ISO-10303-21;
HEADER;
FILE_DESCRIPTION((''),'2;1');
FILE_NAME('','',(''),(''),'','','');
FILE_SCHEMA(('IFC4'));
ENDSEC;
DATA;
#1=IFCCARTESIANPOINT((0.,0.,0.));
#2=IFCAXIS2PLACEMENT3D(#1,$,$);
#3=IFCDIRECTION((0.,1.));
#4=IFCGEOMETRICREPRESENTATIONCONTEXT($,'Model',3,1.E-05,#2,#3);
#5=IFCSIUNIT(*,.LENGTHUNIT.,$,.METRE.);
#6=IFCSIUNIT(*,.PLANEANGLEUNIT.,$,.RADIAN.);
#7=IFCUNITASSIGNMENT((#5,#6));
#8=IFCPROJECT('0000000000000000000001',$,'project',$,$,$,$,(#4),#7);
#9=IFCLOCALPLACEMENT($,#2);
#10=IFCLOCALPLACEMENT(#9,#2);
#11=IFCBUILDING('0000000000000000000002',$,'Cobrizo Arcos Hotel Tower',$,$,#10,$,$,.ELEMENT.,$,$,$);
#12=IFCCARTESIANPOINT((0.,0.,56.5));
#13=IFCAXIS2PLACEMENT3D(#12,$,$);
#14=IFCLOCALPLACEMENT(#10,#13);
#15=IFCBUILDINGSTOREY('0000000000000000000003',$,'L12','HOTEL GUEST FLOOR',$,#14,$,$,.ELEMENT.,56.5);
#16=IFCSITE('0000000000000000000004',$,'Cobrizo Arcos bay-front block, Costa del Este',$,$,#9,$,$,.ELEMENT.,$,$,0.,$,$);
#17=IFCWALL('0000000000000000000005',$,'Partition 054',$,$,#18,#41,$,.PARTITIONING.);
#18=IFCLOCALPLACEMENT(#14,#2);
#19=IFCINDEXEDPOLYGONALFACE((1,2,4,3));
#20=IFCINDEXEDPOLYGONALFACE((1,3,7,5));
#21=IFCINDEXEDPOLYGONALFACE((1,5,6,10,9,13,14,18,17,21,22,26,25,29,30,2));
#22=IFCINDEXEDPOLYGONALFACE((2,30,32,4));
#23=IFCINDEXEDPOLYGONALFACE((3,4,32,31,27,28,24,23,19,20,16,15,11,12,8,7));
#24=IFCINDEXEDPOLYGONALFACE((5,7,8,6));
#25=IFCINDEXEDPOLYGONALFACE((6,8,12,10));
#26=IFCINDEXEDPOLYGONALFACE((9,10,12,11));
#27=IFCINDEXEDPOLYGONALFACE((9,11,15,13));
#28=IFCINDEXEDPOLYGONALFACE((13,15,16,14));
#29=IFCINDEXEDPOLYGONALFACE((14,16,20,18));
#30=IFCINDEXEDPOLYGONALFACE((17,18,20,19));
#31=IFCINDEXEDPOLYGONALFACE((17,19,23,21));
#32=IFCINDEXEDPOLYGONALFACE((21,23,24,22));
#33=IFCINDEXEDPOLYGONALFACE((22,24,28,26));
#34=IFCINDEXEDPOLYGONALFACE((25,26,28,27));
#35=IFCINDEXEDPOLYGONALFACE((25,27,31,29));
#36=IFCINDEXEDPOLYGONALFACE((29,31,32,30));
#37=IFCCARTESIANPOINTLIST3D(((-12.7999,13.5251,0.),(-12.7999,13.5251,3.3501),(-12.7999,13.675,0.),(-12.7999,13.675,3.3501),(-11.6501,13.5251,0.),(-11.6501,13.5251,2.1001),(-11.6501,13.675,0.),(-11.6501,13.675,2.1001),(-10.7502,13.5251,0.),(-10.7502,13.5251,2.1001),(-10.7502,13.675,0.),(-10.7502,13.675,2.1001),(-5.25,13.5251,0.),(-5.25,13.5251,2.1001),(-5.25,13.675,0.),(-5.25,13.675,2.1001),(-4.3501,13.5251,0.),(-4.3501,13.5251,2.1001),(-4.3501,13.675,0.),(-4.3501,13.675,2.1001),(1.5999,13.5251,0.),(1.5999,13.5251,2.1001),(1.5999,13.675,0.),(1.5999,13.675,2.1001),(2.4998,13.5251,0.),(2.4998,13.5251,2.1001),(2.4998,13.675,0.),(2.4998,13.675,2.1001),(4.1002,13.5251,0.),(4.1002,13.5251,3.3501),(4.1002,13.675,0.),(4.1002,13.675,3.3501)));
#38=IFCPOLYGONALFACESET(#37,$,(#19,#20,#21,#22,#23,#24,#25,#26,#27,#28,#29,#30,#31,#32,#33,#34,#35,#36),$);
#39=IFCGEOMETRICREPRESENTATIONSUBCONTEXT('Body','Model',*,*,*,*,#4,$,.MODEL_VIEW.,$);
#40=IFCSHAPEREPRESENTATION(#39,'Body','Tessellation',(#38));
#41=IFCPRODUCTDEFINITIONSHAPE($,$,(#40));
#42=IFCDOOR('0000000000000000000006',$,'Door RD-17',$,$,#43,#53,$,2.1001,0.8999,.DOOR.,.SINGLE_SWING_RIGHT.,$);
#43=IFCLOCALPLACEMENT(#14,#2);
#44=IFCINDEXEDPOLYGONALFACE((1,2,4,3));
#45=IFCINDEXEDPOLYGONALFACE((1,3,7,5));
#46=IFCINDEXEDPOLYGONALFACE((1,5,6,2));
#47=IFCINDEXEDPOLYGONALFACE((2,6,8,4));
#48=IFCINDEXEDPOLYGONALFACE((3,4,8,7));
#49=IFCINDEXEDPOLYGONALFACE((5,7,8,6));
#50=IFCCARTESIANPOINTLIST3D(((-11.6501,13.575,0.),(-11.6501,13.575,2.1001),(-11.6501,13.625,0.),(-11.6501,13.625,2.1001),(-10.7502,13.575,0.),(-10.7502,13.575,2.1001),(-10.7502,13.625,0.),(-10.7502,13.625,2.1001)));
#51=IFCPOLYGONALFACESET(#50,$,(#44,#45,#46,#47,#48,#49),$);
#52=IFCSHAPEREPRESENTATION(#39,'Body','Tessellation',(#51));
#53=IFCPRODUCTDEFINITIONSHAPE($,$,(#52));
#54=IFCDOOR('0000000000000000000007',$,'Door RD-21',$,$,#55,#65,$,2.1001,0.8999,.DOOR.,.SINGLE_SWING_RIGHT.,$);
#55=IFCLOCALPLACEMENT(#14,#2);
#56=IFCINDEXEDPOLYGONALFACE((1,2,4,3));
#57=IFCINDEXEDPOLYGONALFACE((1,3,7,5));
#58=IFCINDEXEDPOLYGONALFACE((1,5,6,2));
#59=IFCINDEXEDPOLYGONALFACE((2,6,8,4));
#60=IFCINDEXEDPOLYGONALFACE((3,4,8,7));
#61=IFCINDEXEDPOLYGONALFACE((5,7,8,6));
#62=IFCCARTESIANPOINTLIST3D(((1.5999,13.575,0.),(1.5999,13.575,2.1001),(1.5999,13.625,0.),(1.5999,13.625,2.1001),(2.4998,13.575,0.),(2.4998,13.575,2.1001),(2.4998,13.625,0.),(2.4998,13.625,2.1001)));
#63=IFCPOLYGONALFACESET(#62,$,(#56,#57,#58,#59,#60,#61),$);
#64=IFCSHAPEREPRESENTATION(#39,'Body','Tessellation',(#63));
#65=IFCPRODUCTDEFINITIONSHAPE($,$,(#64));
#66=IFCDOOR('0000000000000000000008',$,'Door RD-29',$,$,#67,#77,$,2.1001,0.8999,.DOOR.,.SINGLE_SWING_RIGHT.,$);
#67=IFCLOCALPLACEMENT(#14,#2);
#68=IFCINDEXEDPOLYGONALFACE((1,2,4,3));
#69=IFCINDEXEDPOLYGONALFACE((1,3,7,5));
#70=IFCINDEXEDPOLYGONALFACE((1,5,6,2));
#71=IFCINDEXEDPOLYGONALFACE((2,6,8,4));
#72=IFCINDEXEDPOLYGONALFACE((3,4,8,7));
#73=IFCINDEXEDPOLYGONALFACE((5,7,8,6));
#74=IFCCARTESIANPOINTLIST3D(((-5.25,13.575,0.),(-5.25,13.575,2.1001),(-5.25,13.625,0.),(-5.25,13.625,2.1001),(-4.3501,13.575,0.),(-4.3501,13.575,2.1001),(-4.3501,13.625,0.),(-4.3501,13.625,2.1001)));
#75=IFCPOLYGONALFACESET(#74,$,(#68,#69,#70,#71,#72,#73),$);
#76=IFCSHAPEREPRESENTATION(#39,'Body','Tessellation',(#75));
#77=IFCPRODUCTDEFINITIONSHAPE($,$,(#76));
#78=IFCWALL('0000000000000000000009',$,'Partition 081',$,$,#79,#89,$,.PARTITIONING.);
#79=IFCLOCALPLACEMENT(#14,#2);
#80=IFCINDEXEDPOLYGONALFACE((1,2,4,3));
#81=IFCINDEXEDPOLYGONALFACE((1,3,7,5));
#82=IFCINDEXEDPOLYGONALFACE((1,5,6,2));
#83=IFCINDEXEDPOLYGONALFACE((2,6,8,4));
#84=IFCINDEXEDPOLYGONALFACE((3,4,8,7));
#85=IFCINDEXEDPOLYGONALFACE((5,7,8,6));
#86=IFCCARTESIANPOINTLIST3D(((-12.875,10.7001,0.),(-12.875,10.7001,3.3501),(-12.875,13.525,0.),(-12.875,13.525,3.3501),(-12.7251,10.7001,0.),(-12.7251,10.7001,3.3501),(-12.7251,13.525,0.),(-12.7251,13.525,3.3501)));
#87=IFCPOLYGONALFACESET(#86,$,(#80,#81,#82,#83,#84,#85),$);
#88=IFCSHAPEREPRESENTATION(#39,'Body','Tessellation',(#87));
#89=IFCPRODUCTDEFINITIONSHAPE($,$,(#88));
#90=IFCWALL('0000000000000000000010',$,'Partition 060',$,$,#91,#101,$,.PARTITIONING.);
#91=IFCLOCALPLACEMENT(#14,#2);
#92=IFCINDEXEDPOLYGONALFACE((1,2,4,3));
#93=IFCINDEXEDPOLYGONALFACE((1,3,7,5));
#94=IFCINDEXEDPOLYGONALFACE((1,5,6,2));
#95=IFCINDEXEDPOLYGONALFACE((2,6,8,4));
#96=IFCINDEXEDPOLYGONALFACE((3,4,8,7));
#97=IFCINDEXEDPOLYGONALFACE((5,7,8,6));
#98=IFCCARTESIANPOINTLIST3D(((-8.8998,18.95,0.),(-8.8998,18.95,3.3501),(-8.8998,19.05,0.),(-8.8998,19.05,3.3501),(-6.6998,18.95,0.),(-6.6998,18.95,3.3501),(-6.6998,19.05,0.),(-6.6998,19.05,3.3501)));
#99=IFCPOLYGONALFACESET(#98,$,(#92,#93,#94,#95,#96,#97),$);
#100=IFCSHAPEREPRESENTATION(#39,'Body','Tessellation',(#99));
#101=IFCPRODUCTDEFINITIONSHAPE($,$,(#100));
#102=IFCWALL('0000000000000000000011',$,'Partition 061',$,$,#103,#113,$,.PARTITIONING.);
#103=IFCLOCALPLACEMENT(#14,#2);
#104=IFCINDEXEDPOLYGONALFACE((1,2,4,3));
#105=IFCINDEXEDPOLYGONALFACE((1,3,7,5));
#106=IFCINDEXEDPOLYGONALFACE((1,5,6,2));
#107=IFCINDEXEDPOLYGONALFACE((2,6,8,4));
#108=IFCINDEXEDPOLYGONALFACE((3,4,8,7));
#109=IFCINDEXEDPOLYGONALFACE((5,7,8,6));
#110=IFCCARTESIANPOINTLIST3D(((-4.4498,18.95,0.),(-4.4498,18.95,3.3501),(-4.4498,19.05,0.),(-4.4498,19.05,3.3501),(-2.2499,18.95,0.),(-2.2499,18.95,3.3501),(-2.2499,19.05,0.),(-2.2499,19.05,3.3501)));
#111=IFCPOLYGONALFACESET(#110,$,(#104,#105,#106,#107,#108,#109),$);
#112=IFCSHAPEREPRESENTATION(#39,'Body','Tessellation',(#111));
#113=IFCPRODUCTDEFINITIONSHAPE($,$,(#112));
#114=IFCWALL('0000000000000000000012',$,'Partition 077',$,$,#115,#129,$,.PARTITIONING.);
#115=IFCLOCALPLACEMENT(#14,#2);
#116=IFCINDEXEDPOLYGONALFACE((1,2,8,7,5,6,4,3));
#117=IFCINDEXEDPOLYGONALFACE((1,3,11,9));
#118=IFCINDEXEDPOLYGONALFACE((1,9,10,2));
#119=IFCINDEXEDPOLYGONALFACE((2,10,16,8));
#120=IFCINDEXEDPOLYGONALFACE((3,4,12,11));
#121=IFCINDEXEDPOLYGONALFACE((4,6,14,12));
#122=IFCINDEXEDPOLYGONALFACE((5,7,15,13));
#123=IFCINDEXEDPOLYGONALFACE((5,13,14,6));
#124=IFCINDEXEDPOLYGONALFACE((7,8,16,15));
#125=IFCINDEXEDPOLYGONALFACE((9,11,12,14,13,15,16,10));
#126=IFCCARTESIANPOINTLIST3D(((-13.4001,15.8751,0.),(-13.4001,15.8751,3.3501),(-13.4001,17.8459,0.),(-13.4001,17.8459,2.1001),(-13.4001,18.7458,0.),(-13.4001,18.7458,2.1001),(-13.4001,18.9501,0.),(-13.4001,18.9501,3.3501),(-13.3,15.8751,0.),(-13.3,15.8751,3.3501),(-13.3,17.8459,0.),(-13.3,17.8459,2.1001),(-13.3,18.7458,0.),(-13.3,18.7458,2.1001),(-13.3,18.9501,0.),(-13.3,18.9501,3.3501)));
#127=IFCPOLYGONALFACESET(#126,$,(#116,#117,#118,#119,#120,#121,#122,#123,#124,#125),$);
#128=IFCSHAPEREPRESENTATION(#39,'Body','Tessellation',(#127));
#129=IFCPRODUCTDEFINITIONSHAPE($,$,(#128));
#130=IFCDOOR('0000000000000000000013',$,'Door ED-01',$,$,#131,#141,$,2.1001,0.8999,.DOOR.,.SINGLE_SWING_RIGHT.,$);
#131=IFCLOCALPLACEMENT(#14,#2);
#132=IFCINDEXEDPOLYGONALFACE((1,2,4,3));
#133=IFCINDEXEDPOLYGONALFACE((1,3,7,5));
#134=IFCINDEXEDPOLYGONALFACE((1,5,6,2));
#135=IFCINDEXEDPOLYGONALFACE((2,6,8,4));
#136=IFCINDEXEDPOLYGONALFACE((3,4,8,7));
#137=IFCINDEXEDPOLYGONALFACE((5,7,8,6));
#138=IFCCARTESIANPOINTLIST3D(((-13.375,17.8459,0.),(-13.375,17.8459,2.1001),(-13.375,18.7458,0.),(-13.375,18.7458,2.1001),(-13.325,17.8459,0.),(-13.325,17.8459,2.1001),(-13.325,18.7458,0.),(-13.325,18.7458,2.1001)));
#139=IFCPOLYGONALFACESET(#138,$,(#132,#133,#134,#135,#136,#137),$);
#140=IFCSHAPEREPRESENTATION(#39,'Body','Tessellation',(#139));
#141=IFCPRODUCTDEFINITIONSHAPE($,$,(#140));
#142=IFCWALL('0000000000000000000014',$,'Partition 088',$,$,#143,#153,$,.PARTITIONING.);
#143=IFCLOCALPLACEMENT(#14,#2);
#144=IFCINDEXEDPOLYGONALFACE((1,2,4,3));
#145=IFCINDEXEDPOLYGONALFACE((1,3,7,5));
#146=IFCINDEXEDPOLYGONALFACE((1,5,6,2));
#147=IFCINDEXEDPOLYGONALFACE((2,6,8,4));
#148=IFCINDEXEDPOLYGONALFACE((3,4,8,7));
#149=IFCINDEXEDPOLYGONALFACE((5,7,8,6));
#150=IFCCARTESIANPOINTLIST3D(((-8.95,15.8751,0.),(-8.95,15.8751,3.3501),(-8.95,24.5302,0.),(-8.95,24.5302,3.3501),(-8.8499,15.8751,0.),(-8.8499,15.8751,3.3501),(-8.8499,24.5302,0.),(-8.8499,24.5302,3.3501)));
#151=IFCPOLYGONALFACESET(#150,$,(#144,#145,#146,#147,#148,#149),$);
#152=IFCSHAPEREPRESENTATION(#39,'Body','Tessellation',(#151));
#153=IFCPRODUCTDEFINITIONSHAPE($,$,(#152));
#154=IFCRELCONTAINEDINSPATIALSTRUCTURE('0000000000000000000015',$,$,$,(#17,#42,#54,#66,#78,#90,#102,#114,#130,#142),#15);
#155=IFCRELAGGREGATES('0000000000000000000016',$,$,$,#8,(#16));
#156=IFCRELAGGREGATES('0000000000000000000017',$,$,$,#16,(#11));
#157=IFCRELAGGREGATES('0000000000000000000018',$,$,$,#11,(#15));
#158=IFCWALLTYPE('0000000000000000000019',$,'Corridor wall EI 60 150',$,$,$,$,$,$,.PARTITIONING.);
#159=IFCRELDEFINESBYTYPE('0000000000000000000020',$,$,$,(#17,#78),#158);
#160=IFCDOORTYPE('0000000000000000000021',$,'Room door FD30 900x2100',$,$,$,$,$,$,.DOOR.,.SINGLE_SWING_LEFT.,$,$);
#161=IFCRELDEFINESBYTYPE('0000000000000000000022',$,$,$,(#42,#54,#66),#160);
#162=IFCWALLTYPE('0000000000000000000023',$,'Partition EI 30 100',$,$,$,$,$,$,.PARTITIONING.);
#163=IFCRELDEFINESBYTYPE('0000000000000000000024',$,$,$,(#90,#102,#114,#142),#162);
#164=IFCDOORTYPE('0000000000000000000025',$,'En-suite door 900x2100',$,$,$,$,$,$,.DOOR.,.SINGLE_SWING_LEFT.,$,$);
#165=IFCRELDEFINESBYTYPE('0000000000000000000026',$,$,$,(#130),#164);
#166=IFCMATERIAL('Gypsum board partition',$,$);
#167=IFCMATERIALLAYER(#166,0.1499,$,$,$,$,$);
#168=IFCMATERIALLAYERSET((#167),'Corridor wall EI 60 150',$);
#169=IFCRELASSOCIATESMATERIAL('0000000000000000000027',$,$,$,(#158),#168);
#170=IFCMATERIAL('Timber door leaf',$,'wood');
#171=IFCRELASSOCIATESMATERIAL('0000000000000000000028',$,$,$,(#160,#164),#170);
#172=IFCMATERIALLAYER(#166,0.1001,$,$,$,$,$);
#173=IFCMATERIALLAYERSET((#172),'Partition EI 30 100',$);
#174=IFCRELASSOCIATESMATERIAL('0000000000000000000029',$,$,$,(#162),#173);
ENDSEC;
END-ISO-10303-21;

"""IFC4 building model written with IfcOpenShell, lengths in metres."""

from ifc_helpers import new_model, si_unit, direction, frame, frame_2d, origin, place, context, subcontext, project, spatial, rectangle, extrude, material, layer, layer_set, type_object, element, fill, save


model = new_model("IFC4")

# Units and contexts
model_context = context("Model", 3, precision=1e-05, world=origin(), true_north=direction((0.0, 1.0)))
body_context = subcontext(model_context, "Body", "Model", "MODEL_VIEW")
ifc_project = project(units=[si_unit("LENGTHUNIT", "METRE"), si_unit("PLANEANGLEUNIT", "RADIAN")], contexts=[model_context])

# Site, building, storey
site_placement = place(None, origin())
site = spatial("IfcSite", under=ifc_project, at=site_placement, Name="Cobrizo Arcos bay-front block, Costa del Este", CompositionType="ELEMENT", RefElevation=0.0)
building_placement = place(site_placement, origin())
building = spatial("IfcBuilding", under=site, at=building_placement, Name="Cobrizo Arcos Hotel Tower", CompositionType="ELEMENT")
storey_placement = place(building_placement, frame((0.0, 0.0, 56.5)))
storey = spatial("IfcBuildingStorey", under=building, at=storey_placement, Name="L12", Description="HOTEL GUEST FLOOR", CompositionType="ELEMENT", Elevation=56.5)

# Wall, openings, doors
ifc_material_1 = material(Name="Gypsum board partition")
ifc_layer_1 = layer(ifc_material_1, 0.1499)
ifc_layer_set_1 = layer_set([ifc_layer_1], Name="Corridor wall EI 60 150")
wall_type_1 = type_object("IfcWallType", Name="Corridor wall EI 60 150", PredefinedType="PARTITIONING", material=ifc_layer_set_1)
wall_1_placement = place(storey_placement, frame((-12.8, 13.6001, 0.0), z_axis=(0.0, 0.0, 1.0), x_axis=(1.0, 0.0, 0.0)))
wall_1 = element("IfcWall", 1, at=wall_1_placement, inside=storey, type_object=wall_type_1, Name="Partition 054", PredefinedType="PARTITIONING", context=body_context, shape_type="SweptSolid", body=[
    extrude(rectangle(XDim=16.9001, YDim=0.1499, at=frame_2d((8.4502, 0.0))), origin(), (0.0, 0.0, 1.0), 3.3501),
])
opening_1_placement = place(wall_1_placement, frame((1.1499, 0.0, 0.0)))
opening_1 = element("IfcOpeningElement", 2, at=opening_1_placement, cuts=wall_1, PredefinedType="OPENING", context=body_context, shape_type="SweptSolid", body=[
    extrude(rectangle(XDim=0.8999, YDim=2.1001, at=frame_2d((0.45, 1.05))), frame((0.0, 0.0869, 0.0), z_axis=(0.0, -1.0, 0.0), x_axis=(1.0, 0.0, 0.0)), (0.0, 0.0, 1.0), 0.1738),
])
opening_2_placement = place(wall_1_placement, frame((14.3999, 0.0, 0.0)))
opening_2 = element("IfcOpeningElement", 3, at=opening_2_placement, cuts=wall_1, PredefinedType="OPENING", context=body_context, shape_type="SweptSolid", body=[
    extrude(rectangle(XDim=0.8999, YDim=2.1001, at=frame_2d((0.45, 1.05))), frame((0.0, 0.0869, 0.0), z_axis=(0.0, -1.0, 0.0), x_axis=(1.0, 0.0, 0.0)), (0.0, 0.0, 1.0), 0.1738),
])
opening_3_placement = place(wall_1_placement, frame((7.55, 0.0, 0.0)))
opening_3 = element("IfcOpeningElement", 4, at=opening_3_placement, cuts=wall_1, PredefinedType="OPENING", context=body_context, shape_type="SweptSolid", body=[
    extrude(rectangle(XDim=0.8999, YDim=2.1001, at=frame_2d((0.45, 1.05))), frame((0.0, 0.0869, 0.0), z_axis=(0.0, -1.0, 0.0), x_axis=(1.0, 0.0, 0.0)), (0.0, 0.0, 1.0), 0.1738),
])
ifc_material_2 = material(Name="Timber door leaf", Category="wood")
door_type_1 = type_object("IfcDoorType", Name="Room door FD30 900x2100", OperationType="SINGLE_SWING_LEFT", PredefinedType="DOOR", material=ifc_material_2)
door_1_placement = place(opening_1_placement, origin())
door_1 = element("IfcDoor", 5, at=door_1_placement, inside=storey, type_object=door_type_1, Name="Door RD-17", OperationType="SINGLE_SWING_RIGHT", OverallHeight=2.1001, OverallWidth=0.8999, PredefinedType="DOOR", context=body_context, shape_type="SweptSolid", body=[
    extrude(rectangle(XDim=0.8999, YDim=2.1001, at=frame_2d((0.45, 1.05))), frame((0.0, 0.0249, 0.0), z_axis=(0.0, -1.0, 0.0), x_axis=(1.0, 0.0, 0.0)), (0.0, 0.0, 1.0), 0.05),
])
fill(opening_1, door_1)
door_2_placement = place(opening_2_placement, origin())
door_2 = element("IfcDoor", 6, at=door_2_placement, inside=storey, type_object=door_type_1, Name="Door RD-21", OperationType="SINGLE_SWING_RIGHT", OverallHeight=2.1001, OverallWidth=0.8999, PredefinedType="DOOR", context=body_context, shape_type="SweptSolid", body=[
    extrude(rectangle(XDim=0.8999, YDim=2.1001, at=frame_2d((0.45, 1.05))), frame((0.0, 0.0249, 0.0), z_axis=(0.0, -1.0, 0.0), x_axis=(1.0, 0.0, 0.0)), (0.0, 0.0, 1.0), 0.05),
])
fill(opening_2, door_2)
door_3_placement = place(opening_3_placement, origin())
door_3 = element("IfcDoor", 7, at=door_3_placement, inside=storey, type_object=door_type_1, Name="Door RD-29", OperationType="SINGLE_SWING_RIGHT", OverallHeight=2.1001, OverallWidth=0.8999, PredefinedType="DOOR", context=body_context, shape_type="SweptSolid", body=[
    extrude(rectangle(XDim=0.8999, YDim=2.1001, at=frame_2d((0.45, 1.05))), frame((0.0, 0.0249, 0.0), z_axis=(0.0, -1.0, 0.0), x_axis=(1.0, 0.0, 0.0)), (0.0, 0.0, 1.0), 0.05),
])
fill(opening_3, door_3)

# Walls
wall_2_placement = place(storey_placement, frame((-12.8, 10.7, 0.0), z_axis=(0.0, 0.0, 1.0), x_axis=(0.0, 1.0, 0.0)))
element("IfcWall", 8, at=wall_2_placement, inside=storey, type_object=wall_type_1, Name="Partition 081", PredefinedType="PARTITIONING", context=body_context, shape_type="SweptSolid", body=[
    extrude(rectangle(XDim=2.825, YDim=0.1499, at=frame_2d((1.4126, 0.0))), origin(), (0.0, 0.0, 1.0), 3.3501),
])
ifc_layer_2 = layer(ifc_material_1, 0.1001)
ifc_layer_set_2 = layer_set([ifc_layer_2], Name="Partition EI 30 100")
wall_type_2 = type_object("IfcWallType", Name="Partition EI 30 100", PredefinedType="PARTITIONING", material=ifc_layer_set_2)
for number, where, z_axis, x_axis, name in (
    (9, (-8.8999, 19.0, 0.0), (0.0, 0.0, 1.0), (1.0, 0.0, 0.0), "Partition 060"),
    (10, (-4.45, 19.0, 0.0), (0.0, 0.0, 1.0), (1.0, 0.0, 0.0), "Partition 061"),
):
    element("IfcWall", number, at=place(storey_placement, frame(where, z_axis=z_axis, x_axis=x_axis)), inside=storey, type_object=wall_type_2, Name=name, PredefinedType="PARTITIONING", context=body_context, shape_type="SweptSolid", body=[
        extrude(rectangle(XDim=2.2, YDim=0.1001, at=frame_2d((1.1001, 0.0))), origin(), (0.0, 0.0, 1.0), 3.3501),
    ])

# Wall, opening, door
wall_3_placement = place(storey_placement, frame((-13.3501, 15.875, 0.0), z_axis=(0.0, 0.0, 1.0), x_axis=(0.0, 1.0, 0.0)))
wall_3 = element("IfcWall", 11, at=wall_3_placement, inside=storey, type_object=wall_type_2, Name="Partition 077", PredefinedType="PARTITIONING", context=body_context, shape_type="SweptSolid", body=[
    extrude(rectangle(XDim=3.075, YDim=0.1001, at=frame_2d((1.5376, 0.0))), origin(), (0.0, 0.0, 1.0), 3.3501),
])
opening_4_placement = place(wall_3_placement, frame((1.9709, 0.0, 0.0)))
opening_4 = element("IfcOpeningElement", 12, at=opening_4_placement, cuts=wall_3, PredefinedType="OPENING", context=body_context, shape_type="SweptSolid", body=[
    extrude(rectangle(XDim=0.8999, YDim=2.1001, at=frame_2d((0.45, 1.05))), frame((0.0, 0.062, 0.0), z_axis=(0.0, -1.0, 0.0), x_axis=(1.0, 0.0, 0.0)), (0.0, 0.0, 1.0), 0.124),
])
door_type_2 = type_object("IfcDoorType", Name="En-suite door 900x2100", OperationType="SINGLE_SWING_LEFT", PredefinedType="DOOR", material=ifc_material_2)
door_4_placement = place(opening_4_placement, origin())
door_4 = element("IfcDoor", 13, at=door_4_placement, inside=storey, type_object=door_type_2, Name="Door ED-01", OperationType="SINGLE_SWING_RIGHT", OverallHeight=2.1001, OverallWidth=0.8999, PredefinedType="DOOR", context=body_context, shape_type="SweptSolid", body=[
    extrude(rectangle(XDim=0.8999, YDim=2.1001, at=frame_2d((0.45, 1.05))), frame((0.0, 0.0249, 0.0), z_axis=(0.0, -1.0, 0.0), x_axis=(1.0, 0.0, 0.0)), (0.0, 0.0, 1.0), 0.05),
])
fill(opening_4, door_4)

# Wall
wall_4_placement = place(storey_placement, frame((-8.8999, 15.875, 0.0), z_axis=(0.0, 0.0, 1.0), x_axis=(0.0, 1.0, 0.0)))
element("IfcWall", 14, at=wall_4_placement, inside=storey, type_object=wall_type_2, Name="Partition 088", PredefinedType="PARTITIONING", context=body_context, shape_type="SweptSolid", body=[
    extrude(rectangle(XDim=8.655, YDim=0.1001, at=frame_2d((4.3276, 0.0))), origin(), (0.0, 0.0, 1.0), 3.3501),
])

save(model, "model.ifc")
